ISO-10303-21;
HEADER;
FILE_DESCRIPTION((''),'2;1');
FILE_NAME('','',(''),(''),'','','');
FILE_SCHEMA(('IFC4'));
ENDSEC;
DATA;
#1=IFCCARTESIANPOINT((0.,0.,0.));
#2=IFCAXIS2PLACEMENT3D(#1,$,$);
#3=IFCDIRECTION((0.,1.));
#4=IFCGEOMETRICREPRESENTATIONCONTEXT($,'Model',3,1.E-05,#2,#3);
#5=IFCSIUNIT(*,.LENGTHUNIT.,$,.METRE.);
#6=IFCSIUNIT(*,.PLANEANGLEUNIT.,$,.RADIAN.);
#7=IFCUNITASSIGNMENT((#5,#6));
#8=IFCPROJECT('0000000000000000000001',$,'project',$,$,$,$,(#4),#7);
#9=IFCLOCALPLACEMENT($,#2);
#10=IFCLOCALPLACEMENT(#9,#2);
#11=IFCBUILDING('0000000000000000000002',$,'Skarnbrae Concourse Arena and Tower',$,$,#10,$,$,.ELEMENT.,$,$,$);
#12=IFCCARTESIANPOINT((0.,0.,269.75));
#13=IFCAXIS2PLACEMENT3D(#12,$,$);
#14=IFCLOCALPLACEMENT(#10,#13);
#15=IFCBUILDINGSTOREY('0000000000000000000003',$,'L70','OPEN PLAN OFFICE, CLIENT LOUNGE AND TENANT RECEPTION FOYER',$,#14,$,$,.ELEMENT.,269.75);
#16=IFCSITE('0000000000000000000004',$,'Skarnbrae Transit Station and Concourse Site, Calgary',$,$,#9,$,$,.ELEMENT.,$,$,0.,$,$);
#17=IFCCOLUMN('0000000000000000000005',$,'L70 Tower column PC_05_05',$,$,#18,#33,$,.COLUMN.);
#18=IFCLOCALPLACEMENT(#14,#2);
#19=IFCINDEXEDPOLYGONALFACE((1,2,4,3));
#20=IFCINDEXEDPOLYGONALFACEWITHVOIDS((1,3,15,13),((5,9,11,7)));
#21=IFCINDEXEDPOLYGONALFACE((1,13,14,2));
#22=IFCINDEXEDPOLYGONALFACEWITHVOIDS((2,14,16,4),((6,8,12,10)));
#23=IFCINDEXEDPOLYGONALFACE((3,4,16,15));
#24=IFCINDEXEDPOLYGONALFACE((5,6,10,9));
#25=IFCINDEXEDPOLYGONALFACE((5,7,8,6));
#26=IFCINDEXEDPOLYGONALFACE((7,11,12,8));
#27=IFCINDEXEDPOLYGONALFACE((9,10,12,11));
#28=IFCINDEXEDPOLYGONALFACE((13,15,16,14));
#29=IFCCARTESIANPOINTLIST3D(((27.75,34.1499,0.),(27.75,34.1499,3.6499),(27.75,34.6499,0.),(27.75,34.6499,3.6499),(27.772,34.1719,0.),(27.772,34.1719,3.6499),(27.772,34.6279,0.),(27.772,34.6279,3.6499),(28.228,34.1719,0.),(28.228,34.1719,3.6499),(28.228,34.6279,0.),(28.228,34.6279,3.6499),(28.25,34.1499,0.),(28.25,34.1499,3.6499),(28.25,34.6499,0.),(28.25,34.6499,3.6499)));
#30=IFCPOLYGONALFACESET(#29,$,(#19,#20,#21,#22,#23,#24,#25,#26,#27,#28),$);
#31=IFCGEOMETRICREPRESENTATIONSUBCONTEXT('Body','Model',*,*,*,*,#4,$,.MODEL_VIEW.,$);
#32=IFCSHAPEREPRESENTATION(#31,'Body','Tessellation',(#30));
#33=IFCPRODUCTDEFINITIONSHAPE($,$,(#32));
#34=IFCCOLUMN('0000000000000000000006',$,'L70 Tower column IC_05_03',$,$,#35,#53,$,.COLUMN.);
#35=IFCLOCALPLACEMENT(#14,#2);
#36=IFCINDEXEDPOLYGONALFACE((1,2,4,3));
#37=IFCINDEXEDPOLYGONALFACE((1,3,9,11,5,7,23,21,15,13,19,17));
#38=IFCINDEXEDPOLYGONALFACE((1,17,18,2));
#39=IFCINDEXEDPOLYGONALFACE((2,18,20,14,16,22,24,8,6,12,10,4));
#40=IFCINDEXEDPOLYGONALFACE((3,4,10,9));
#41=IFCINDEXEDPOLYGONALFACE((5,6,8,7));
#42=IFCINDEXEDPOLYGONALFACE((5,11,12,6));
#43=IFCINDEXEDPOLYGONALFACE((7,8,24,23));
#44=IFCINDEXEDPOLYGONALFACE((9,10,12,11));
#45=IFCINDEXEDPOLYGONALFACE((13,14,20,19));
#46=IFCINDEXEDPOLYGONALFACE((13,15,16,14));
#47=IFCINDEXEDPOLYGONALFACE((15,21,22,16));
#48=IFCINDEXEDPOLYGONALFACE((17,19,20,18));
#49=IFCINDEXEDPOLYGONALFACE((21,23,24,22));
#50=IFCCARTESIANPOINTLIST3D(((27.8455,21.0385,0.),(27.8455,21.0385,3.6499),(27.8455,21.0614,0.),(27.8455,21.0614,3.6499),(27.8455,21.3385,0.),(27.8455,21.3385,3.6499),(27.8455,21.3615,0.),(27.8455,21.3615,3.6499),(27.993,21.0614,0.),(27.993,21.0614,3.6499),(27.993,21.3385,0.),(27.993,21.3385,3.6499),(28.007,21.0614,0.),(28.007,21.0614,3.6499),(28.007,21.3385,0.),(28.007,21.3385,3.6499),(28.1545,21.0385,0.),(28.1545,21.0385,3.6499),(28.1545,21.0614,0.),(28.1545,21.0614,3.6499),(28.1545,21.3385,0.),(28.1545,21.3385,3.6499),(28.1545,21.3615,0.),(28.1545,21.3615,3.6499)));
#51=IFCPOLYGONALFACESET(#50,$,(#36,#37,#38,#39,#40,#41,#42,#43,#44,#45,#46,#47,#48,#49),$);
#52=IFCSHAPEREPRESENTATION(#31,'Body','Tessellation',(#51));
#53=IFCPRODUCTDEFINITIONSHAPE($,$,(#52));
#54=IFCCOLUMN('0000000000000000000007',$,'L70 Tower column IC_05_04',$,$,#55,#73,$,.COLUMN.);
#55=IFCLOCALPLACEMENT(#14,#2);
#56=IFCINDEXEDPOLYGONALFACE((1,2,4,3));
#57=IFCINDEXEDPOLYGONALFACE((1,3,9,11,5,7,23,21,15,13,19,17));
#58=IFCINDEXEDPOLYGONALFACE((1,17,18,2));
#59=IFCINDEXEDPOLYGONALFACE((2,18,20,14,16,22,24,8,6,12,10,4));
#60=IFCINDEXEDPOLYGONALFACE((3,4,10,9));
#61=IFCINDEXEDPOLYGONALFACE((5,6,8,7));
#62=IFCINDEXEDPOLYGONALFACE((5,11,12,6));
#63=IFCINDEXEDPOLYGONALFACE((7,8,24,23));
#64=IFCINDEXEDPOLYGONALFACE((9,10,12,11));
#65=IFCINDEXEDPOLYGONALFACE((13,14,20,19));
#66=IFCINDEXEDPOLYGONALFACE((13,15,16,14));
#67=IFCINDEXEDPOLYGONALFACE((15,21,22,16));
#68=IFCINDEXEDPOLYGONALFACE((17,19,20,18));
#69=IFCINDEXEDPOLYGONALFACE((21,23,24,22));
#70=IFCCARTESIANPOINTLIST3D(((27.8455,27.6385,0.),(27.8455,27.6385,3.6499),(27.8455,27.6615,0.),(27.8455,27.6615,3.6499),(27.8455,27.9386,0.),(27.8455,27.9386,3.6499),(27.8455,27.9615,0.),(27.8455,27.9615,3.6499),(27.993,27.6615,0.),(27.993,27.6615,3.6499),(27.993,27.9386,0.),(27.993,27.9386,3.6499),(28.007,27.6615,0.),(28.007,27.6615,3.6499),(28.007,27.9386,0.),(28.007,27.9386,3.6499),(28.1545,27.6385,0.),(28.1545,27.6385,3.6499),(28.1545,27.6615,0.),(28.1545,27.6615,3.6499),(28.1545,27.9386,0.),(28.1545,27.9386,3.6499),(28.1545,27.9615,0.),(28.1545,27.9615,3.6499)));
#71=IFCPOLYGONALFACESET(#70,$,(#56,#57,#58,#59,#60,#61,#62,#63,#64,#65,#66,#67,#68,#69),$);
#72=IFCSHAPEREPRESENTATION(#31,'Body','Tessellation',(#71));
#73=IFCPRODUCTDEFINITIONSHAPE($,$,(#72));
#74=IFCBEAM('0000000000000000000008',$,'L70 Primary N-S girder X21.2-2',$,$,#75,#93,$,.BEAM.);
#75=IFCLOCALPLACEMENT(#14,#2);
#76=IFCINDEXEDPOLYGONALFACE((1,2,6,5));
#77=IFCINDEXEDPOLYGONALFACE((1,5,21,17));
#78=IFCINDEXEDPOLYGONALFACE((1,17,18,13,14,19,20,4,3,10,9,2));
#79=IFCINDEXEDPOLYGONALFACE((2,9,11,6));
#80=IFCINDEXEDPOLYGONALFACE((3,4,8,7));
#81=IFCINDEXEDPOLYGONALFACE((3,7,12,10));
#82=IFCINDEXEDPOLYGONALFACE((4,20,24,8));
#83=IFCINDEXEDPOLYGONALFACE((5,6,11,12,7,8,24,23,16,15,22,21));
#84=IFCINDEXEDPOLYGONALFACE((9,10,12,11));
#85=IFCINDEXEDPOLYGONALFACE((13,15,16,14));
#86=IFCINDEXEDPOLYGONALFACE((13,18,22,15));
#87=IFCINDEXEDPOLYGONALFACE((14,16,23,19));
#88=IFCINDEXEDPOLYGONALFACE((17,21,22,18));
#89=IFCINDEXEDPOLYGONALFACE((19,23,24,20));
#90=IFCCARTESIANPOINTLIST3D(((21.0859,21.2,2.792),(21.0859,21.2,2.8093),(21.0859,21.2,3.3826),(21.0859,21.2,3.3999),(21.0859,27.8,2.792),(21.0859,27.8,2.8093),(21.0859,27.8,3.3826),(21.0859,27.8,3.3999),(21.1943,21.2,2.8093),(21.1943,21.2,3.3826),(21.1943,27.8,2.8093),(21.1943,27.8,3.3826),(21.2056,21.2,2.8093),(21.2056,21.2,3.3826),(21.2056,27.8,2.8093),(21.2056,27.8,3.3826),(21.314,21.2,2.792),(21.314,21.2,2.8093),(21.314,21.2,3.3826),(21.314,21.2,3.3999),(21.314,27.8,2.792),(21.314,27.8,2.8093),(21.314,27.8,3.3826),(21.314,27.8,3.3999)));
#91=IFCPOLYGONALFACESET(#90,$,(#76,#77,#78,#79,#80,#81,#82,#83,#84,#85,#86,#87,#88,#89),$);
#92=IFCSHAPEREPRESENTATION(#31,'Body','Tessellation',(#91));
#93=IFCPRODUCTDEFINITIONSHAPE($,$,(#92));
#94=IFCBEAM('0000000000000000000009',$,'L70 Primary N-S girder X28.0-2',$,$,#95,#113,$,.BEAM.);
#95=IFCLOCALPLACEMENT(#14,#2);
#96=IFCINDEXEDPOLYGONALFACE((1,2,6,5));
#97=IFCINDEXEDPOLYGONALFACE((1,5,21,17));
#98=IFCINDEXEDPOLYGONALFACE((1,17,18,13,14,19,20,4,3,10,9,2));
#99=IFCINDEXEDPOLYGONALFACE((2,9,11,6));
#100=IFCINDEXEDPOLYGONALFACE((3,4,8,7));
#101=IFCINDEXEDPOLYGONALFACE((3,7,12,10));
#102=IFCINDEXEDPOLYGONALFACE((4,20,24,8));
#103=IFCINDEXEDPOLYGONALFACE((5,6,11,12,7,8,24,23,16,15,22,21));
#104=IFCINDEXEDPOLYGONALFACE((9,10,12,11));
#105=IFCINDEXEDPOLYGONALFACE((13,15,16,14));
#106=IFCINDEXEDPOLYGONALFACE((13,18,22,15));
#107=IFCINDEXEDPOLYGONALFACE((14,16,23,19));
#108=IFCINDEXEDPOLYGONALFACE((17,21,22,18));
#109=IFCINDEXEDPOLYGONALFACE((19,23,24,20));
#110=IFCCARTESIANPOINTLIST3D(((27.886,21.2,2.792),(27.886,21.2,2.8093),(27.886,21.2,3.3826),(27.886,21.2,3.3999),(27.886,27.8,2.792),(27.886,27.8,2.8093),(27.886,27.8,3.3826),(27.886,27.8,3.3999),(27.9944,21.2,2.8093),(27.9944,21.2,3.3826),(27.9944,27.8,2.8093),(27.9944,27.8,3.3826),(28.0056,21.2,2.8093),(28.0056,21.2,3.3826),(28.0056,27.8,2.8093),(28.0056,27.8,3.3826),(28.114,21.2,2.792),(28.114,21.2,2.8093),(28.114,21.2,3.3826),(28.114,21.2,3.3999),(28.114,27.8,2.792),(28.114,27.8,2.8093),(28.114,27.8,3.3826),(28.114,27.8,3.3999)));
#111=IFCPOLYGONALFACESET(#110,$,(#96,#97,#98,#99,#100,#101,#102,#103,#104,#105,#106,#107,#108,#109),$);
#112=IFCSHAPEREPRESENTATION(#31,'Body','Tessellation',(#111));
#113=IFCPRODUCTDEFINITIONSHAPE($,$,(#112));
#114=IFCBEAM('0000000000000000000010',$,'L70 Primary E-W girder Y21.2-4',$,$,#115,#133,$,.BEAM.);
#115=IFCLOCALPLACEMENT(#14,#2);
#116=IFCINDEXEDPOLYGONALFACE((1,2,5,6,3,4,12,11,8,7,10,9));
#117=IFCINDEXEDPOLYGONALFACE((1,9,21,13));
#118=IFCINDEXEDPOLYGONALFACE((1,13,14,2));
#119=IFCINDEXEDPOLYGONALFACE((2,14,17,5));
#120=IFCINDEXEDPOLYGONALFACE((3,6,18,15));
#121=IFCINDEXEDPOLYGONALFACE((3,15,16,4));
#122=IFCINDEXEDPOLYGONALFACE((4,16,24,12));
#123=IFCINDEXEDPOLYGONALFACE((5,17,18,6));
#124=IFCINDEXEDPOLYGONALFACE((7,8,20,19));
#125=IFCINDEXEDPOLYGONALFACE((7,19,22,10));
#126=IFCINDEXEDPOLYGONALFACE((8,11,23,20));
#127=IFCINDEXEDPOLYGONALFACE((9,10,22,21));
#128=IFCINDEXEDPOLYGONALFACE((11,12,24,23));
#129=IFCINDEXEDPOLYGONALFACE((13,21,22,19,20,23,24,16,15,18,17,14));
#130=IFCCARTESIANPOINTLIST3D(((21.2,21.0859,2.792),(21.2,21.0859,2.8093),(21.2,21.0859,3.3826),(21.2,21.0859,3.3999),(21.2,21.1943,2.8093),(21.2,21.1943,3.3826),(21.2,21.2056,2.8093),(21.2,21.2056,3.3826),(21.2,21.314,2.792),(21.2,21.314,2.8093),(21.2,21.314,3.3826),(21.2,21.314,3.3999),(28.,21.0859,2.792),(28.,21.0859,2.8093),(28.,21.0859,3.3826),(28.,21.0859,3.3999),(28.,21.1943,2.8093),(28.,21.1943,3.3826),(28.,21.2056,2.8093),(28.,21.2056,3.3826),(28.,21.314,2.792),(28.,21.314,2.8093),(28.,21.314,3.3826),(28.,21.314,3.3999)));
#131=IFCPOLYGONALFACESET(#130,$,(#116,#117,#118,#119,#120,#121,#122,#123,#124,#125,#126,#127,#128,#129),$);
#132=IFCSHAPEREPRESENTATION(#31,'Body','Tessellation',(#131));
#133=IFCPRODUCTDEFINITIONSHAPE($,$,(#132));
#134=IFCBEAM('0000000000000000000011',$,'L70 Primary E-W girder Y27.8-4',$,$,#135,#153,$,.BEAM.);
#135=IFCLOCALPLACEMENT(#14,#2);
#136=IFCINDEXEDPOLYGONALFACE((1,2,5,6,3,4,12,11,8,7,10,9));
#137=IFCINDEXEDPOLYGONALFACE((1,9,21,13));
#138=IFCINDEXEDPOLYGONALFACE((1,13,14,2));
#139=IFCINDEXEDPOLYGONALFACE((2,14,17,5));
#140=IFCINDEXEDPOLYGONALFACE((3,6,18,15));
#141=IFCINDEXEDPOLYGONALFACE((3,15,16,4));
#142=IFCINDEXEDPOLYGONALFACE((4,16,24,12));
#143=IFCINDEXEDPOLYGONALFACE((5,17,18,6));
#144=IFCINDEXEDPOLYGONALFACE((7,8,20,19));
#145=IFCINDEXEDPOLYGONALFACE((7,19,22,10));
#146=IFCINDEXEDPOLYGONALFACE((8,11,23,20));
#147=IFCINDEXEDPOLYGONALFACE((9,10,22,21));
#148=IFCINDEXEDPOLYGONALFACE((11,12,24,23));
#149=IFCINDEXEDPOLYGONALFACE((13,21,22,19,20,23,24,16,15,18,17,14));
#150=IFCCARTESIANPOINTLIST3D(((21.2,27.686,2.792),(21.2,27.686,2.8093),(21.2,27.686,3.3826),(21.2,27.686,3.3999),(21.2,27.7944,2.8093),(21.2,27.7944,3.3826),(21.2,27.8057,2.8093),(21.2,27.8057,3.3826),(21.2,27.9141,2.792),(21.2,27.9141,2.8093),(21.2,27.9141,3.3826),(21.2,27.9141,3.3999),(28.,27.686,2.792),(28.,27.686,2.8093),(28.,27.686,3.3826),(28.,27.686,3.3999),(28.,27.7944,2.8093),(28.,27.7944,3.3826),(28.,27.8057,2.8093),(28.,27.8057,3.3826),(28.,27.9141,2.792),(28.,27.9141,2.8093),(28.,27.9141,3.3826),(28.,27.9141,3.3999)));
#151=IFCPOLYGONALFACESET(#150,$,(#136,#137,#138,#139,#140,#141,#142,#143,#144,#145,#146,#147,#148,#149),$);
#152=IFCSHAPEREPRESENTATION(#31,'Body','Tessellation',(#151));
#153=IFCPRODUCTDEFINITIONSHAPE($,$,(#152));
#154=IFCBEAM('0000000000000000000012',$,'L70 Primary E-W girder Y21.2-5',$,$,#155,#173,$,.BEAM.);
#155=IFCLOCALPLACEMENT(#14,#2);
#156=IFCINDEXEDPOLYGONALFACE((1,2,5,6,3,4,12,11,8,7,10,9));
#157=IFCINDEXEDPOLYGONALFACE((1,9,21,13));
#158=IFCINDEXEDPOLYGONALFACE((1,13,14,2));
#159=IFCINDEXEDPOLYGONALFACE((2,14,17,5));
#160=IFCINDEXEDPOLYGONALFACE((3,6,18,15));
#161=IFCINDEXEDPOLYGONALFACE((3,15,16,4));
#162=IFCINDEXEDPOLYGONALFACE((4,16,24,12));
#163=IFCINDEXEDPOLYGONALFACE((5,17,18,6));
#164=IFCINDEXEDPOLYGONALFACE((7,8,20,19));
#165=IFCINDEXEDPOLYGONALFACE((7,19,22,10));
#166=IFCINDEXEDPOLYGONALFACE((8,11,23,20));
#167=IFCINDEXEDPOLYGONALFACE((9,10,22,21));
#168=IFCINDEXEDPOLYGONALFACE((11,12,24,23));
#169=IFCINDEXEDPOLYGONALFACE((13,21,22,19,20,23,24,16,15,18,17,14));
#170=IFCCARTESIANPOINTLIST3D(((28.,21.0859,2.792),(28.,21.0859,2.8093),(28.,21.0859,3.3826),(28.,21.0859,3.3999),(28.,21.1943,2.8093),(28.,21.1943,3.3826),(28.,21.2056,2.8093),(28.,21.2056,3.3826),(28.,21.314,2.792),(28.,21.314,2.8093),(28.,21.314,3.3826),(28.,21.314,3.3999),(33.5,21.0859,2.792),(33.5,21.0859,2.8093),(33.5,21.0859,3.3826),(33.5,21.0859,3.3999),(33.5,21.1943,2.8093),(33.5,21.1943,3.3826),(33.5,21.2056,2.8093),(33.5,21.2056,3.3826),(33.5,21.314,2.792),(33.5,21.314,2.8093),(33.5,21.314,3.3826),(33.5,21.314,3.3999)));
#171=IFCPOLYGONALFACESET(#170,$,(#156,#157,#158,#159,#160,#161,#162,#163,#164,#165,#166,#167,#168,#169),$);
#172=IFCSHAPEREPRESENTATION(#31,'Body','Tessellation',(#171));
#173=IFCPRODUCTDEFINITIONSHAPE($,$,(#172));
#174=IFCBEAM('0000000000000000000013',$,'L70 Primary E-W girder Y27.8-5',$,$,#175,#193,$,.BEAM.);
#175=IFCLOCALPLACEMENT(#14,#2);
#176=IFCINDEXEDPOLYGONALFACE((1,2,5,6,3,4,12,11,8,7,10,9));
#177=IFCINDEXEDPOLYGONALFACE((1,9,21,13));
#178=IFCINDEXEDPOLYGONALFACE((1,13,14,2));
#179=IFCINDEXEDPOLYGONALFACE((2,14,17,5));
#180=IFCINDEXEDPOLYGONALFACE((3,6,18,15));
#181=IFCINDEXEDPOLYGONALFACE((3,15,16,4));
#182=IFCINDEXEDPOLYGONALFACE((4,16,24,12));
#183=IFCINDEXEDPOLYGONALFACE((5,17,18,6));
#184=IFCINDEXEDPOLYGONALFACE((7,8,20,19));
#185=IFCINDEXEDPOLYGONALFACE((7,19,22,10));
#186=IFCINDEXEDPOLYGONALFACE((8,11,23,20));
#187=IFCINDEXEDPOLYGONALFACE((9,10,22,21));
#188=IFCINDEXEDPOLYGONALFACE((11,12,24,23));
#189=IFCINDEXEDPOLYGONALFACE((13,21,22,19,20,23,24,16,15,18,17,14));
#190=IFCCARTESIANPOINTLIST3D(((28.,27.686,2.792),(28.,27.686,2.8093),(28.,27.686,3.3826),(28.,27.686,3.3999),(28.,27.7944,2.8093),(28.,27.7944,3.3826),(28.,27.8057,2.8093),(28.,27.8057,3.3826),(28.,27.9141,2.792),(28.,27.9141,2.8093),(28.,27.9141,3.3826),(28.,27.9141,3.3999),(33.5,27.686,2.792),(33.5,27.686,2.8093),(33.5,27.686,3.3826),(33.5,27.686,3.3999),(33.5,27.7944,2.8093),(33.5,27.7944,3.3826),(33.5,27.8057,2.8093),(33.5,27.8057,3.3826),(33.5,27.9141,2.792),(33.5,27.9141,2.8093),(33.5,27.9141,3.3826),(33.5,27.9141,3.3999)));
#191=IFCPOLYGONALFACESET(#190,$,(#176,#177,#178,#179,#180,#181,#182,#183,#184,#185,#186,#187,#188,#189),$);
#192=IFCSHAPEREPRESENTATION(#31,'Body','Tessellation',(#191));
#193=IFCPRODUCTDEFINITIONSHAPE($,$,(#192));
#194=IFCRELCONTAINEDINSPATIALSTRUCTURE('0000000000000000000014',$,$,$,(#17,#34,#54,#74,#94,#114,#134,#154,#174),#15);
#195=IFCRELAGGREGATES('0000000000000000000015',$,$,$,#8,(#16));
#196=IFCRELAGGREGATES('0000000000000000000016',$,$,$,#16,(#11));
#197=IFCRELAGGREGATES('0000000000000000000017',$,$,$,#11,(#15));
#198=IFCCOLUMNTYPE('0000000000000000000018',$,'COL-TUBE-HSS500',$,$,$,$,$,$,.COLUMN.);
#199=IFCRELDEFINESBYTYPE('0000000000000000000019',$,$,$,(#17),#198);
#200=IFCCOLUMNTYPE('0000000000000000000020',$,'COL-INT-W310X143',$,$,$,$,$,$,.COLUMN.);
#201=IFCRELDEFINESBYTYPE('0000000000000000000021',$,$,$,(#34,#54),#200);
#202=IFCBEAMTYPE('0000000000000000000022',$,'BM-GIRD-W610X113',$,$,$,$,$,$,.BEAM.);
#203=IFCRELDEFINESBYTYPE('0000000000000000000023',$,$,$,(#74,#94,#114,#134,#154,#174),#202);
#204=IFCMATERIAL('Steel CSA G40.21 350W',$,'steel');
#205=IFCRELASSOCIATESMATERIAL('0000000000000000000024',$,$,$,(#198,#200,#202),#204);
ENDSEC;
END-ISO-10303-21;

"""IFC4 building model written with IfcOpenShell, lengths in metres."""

from ifc_helpers import new_model, si_unit, direction, frame, origin, origin_2d, place, context, subcontext, project, spatial, hollow_rectangle, i_section, extrude, source, transform, mapped, material, material_profile, profile_set, type_object, element, save


model = new_model("IFC4")

# Units and contexts
model_context = context("Model", 3, precision=1e-05, world=origin(), true_north=direction((0.0, 1.0)))
body_context = subcontext(model_context, "Body", "Model", "MODEL_VIEW")
ifc_project = project(units=[si_unit("LENGTHUNIT", "METRE"), si_unit("PLANEANGLEUNIT", "RADIAN")], contexts=[model_context])

# Site, building, storey
site_placement = place(None, origin())
site = spatial("IfcSite", under=ifc_project, at=site_placement, Name="Skarnbrae Transit Station and Concourse Site, Calgary", CompositionType="ELEMENT", RefElevation=0.0)
building_placement = place(site_placement, origin())
building = spatial("IfcBuilding", under=site, at=building_placement, Name="Skarnbrae Concourse Arena and Tower", CompositionType="ELEMENT")
storey_placement = place(building_placement, frame((0.0, 0.0, 269.75)))
storey = spatial("IfcBuildingStorey", under=building, at=storey_placement, Name="L70", Description="OPEN PLAN OFFICE, CLIENT LOUNGE AND TENANT RECEPTION FOYER", CompositionType="ELEMENT", Elevation=269.75)

# Columns
ifc_material_1 = material(Name="Steel CSA G40.21 350W", Category="steel")
ifc_material_profile_1 = material_profile(ifc_material_1, hollow_rectangle(XDim=0.5, YDim=0.5, WallThickness=0.022, at=origin_2d()), Name="HSS500X500X22.0")
ifc_profile_set_1 = profile_set([ifc_material_profile_1], Name="Steel CSA G40.21 350W")
column_type_1 = type_object("IfcColumnType", Name="COL-TUBE-HSS500", PredefinedType="COLUMN", material=ifc_profile_set_1)
shared_shape_1 = source(origin(), body_context, "Body", "SweptSolid", [
    extrude(hollow_rectangle(XDim=0.5, YDim=0.5, WallThickness=0.022, at=origin_2d()), origin(), (0.0, 0.0, 1.0), 3.6499),
])
column_placement = place(storey_placement, frame((28.0, 34.3999, 0.0), z_axis=(0.0, 0.0, 1.0), x_axis=(1.0, 0.0, 0.0)))
element("IfcColumn", 1, at=column_placement, inside=storey, type_object=column_type_1, Name="L70 Tower column PC_05_05", PredefinedType="COLUMN", context=body_context, shape_type="MappedRepresentation", body=[
    mapped(shared_shape_1, transform((0.0, 0.0, 0.0))),
])
ifc_material_profile_2 = material_profile(ifc_material_1, i_section(OverallWidth=0.3091, OverallDepth=0.323, WebThickness=0.0139, FlangeThickness=0.0229, at=origin_2d()), Name="W310X143")
ifc_profile_set_2 = profile_set([ifc_material_profile_2], Name="Steel CSA G40.21 350W")
column_type_2 = type_object("IfcColumnType", Name="COL-INT-W310X143", PredefinedType="COLUMN", material=ifc_profile_set_2)
shared_shape_2 = source(origin(), body_context, "Body", "SweptSolid", [
    extrude(i_section(OverallWidth=0.3091, OverallDepth=0.323, WebThickness=0.0139, FlangeThickness=0.0229, at=origin_2d()), origin(), (0.0, 0.0, 1.0), 3.6499),
])
for number, where, z_axis, x_axis, name in (
    (2, (28.0, 21.2, 0.0), (0.0, 0.0, 1.0), (1.0, 0.0, 0.0), "L70 Tower column IC_05_03"),
    (3, (28.0, 27.8, 0.0), (0.0, 0.0, 1.0), (1.0, 0.0, 0.0), "L70 Tower column IC_05_04"),
):
    element("IfcColumn", number, at=place(storey_placement, frame(where, z_axis=z_axis, x_axis=x_axis)), inside=storey, type_object=column_type_2, Name=name, PredefinedType="COLUMN", context=body_context, shape_type="MappedRepresentation", body=[
        mapped(shared_shape_2, transform((0.0, 0.0, 0.0))),
    ])

# Beams
ifc_material_profile_3 = material_profile(ifc_material_1, i_section(OverallWidth=0.228, OverallDepth=0.6079, WebThickness=0.0112, FlangeThickness=0.0173, at=origin_2d()), Name="W610X113")
ifc_profile_set_3 = profile_set([ifc_material_profile_3], Name="Steel CSA G40.21 350W")
beam_type_1 = type_object("IfcBeamType", Name="BM-GIRD-W610X113", PredefinedType="BEAM", material=ifc_profile_set_3)
shared_shape_3 = source(origin(), body_context, "Body", "SweptSolid", [
    extrude(i_section(OverallWidth=0.228, OverallDepth=0.6079, WebThickness=0.0112, FlangeThickness=0.0173, at=origin_2d()), origin(), (0.0, 0.0, 1.0), 6.6001),
])
for number, where, z_axis, x_axis, name in (
    (4, (21.2, 21.2, 3.0959), (0.0, 1.0, 0.0), (-1.0, 0.0, 0.0), "L70 Primary N-S girder X21.2-2"),
    (5, (28.0, 21.2, 3.0959), (0.0, 1.0, 0.0), (-1.0, 0.0, 0.0), "L70 Primary N-S girder X28.0-2"),
):
    element("IfcBeam", number, at=place(storey_placement, frame(where, z_axis=z_axis, x_axis=x_axis)), inside=storey, type_object=beam_type_1, Name=name, PredefinedType="BEAM", context=body_context, shape_type="MappedRepresentation", body=[
        mapped(shared_shape_3, transform((0.0, 0.0, 0.0))),
    ])
shared_shape_4 = source(origin(), body_context, "Body", "SweptSolid", [
    extrude(i_section(OverallWidth=0.228, OverallDepth=0.6079, WebThickness=0.0112, FlangeThickness=0.0173, at=origin_2d()), origin(), (0.0, 0.0, 1.0), 6.8),
])
for number, where, z_axis, x_axis, name in (
    (6, (21.2, 21.2, 3.0959), (1.0, 0.0, 0.0), (0.0, 1.0, 0.0), "L70 Primary E-W girder Y21.2-4"),
    (7, (21.2, 27.8, 3.0959), (1.0, 0.0, 0.0), (0.0, 1.0, 0.0), "L70 Primary E-W girder Y27.8-4"),
):
    element("IfcBeam", number, at=place(storey_placement, frame(where, z_axis=z_axis, x_axis=x_axis)), inside=storey, type_object=beam_type_1, Name=name, PredefinedType="BEAM", context=body_context, shape_type="MappedRepresentation", body=[
        mapped(shared_shape_4, transform((0.0, 0.0, 0.0))),
    ])
shared_shape_5 = source(origin(), body_context, "Body", "SweptSolid", [
    extrude(i_section(OverallWidth=0.228, OverallDepth=0.6079, WebThickness=0.0112, FlangeThickness=0.0173, at=origin_2d()), origin(), (0.0, 0.0, 1.0), 5.5),
])
for number, where, z_axis, x_axis, name in (
    (8, (28.0, 21.2, 3.0959), (1.0, 0.0, 0.0), (0.0, 1.0, 0.0), "L70 Primary E-W girder Y21.2-5"),
    (9, (28.0, 27.8, 3.0959), (1.0, 0.0, 0.0), (0.0, 1.0, 0.0), "L70 Primary E-W girder Y27.8-5"),
):
    element("IfcBeam", number, at=place(storey_placement, frame(where, z_axis=z_axis, x_axis=x_axis)), inside=storey, type_object=beam_type_1, Name=name, PredefinedType="BEAM", context=body_context, shape_type="MappedRepresentation", body=[
        mapped(shared_shape_5, transform((0.0, 0.0, 0.0))),
    ])

save(model, "model.ifc")
